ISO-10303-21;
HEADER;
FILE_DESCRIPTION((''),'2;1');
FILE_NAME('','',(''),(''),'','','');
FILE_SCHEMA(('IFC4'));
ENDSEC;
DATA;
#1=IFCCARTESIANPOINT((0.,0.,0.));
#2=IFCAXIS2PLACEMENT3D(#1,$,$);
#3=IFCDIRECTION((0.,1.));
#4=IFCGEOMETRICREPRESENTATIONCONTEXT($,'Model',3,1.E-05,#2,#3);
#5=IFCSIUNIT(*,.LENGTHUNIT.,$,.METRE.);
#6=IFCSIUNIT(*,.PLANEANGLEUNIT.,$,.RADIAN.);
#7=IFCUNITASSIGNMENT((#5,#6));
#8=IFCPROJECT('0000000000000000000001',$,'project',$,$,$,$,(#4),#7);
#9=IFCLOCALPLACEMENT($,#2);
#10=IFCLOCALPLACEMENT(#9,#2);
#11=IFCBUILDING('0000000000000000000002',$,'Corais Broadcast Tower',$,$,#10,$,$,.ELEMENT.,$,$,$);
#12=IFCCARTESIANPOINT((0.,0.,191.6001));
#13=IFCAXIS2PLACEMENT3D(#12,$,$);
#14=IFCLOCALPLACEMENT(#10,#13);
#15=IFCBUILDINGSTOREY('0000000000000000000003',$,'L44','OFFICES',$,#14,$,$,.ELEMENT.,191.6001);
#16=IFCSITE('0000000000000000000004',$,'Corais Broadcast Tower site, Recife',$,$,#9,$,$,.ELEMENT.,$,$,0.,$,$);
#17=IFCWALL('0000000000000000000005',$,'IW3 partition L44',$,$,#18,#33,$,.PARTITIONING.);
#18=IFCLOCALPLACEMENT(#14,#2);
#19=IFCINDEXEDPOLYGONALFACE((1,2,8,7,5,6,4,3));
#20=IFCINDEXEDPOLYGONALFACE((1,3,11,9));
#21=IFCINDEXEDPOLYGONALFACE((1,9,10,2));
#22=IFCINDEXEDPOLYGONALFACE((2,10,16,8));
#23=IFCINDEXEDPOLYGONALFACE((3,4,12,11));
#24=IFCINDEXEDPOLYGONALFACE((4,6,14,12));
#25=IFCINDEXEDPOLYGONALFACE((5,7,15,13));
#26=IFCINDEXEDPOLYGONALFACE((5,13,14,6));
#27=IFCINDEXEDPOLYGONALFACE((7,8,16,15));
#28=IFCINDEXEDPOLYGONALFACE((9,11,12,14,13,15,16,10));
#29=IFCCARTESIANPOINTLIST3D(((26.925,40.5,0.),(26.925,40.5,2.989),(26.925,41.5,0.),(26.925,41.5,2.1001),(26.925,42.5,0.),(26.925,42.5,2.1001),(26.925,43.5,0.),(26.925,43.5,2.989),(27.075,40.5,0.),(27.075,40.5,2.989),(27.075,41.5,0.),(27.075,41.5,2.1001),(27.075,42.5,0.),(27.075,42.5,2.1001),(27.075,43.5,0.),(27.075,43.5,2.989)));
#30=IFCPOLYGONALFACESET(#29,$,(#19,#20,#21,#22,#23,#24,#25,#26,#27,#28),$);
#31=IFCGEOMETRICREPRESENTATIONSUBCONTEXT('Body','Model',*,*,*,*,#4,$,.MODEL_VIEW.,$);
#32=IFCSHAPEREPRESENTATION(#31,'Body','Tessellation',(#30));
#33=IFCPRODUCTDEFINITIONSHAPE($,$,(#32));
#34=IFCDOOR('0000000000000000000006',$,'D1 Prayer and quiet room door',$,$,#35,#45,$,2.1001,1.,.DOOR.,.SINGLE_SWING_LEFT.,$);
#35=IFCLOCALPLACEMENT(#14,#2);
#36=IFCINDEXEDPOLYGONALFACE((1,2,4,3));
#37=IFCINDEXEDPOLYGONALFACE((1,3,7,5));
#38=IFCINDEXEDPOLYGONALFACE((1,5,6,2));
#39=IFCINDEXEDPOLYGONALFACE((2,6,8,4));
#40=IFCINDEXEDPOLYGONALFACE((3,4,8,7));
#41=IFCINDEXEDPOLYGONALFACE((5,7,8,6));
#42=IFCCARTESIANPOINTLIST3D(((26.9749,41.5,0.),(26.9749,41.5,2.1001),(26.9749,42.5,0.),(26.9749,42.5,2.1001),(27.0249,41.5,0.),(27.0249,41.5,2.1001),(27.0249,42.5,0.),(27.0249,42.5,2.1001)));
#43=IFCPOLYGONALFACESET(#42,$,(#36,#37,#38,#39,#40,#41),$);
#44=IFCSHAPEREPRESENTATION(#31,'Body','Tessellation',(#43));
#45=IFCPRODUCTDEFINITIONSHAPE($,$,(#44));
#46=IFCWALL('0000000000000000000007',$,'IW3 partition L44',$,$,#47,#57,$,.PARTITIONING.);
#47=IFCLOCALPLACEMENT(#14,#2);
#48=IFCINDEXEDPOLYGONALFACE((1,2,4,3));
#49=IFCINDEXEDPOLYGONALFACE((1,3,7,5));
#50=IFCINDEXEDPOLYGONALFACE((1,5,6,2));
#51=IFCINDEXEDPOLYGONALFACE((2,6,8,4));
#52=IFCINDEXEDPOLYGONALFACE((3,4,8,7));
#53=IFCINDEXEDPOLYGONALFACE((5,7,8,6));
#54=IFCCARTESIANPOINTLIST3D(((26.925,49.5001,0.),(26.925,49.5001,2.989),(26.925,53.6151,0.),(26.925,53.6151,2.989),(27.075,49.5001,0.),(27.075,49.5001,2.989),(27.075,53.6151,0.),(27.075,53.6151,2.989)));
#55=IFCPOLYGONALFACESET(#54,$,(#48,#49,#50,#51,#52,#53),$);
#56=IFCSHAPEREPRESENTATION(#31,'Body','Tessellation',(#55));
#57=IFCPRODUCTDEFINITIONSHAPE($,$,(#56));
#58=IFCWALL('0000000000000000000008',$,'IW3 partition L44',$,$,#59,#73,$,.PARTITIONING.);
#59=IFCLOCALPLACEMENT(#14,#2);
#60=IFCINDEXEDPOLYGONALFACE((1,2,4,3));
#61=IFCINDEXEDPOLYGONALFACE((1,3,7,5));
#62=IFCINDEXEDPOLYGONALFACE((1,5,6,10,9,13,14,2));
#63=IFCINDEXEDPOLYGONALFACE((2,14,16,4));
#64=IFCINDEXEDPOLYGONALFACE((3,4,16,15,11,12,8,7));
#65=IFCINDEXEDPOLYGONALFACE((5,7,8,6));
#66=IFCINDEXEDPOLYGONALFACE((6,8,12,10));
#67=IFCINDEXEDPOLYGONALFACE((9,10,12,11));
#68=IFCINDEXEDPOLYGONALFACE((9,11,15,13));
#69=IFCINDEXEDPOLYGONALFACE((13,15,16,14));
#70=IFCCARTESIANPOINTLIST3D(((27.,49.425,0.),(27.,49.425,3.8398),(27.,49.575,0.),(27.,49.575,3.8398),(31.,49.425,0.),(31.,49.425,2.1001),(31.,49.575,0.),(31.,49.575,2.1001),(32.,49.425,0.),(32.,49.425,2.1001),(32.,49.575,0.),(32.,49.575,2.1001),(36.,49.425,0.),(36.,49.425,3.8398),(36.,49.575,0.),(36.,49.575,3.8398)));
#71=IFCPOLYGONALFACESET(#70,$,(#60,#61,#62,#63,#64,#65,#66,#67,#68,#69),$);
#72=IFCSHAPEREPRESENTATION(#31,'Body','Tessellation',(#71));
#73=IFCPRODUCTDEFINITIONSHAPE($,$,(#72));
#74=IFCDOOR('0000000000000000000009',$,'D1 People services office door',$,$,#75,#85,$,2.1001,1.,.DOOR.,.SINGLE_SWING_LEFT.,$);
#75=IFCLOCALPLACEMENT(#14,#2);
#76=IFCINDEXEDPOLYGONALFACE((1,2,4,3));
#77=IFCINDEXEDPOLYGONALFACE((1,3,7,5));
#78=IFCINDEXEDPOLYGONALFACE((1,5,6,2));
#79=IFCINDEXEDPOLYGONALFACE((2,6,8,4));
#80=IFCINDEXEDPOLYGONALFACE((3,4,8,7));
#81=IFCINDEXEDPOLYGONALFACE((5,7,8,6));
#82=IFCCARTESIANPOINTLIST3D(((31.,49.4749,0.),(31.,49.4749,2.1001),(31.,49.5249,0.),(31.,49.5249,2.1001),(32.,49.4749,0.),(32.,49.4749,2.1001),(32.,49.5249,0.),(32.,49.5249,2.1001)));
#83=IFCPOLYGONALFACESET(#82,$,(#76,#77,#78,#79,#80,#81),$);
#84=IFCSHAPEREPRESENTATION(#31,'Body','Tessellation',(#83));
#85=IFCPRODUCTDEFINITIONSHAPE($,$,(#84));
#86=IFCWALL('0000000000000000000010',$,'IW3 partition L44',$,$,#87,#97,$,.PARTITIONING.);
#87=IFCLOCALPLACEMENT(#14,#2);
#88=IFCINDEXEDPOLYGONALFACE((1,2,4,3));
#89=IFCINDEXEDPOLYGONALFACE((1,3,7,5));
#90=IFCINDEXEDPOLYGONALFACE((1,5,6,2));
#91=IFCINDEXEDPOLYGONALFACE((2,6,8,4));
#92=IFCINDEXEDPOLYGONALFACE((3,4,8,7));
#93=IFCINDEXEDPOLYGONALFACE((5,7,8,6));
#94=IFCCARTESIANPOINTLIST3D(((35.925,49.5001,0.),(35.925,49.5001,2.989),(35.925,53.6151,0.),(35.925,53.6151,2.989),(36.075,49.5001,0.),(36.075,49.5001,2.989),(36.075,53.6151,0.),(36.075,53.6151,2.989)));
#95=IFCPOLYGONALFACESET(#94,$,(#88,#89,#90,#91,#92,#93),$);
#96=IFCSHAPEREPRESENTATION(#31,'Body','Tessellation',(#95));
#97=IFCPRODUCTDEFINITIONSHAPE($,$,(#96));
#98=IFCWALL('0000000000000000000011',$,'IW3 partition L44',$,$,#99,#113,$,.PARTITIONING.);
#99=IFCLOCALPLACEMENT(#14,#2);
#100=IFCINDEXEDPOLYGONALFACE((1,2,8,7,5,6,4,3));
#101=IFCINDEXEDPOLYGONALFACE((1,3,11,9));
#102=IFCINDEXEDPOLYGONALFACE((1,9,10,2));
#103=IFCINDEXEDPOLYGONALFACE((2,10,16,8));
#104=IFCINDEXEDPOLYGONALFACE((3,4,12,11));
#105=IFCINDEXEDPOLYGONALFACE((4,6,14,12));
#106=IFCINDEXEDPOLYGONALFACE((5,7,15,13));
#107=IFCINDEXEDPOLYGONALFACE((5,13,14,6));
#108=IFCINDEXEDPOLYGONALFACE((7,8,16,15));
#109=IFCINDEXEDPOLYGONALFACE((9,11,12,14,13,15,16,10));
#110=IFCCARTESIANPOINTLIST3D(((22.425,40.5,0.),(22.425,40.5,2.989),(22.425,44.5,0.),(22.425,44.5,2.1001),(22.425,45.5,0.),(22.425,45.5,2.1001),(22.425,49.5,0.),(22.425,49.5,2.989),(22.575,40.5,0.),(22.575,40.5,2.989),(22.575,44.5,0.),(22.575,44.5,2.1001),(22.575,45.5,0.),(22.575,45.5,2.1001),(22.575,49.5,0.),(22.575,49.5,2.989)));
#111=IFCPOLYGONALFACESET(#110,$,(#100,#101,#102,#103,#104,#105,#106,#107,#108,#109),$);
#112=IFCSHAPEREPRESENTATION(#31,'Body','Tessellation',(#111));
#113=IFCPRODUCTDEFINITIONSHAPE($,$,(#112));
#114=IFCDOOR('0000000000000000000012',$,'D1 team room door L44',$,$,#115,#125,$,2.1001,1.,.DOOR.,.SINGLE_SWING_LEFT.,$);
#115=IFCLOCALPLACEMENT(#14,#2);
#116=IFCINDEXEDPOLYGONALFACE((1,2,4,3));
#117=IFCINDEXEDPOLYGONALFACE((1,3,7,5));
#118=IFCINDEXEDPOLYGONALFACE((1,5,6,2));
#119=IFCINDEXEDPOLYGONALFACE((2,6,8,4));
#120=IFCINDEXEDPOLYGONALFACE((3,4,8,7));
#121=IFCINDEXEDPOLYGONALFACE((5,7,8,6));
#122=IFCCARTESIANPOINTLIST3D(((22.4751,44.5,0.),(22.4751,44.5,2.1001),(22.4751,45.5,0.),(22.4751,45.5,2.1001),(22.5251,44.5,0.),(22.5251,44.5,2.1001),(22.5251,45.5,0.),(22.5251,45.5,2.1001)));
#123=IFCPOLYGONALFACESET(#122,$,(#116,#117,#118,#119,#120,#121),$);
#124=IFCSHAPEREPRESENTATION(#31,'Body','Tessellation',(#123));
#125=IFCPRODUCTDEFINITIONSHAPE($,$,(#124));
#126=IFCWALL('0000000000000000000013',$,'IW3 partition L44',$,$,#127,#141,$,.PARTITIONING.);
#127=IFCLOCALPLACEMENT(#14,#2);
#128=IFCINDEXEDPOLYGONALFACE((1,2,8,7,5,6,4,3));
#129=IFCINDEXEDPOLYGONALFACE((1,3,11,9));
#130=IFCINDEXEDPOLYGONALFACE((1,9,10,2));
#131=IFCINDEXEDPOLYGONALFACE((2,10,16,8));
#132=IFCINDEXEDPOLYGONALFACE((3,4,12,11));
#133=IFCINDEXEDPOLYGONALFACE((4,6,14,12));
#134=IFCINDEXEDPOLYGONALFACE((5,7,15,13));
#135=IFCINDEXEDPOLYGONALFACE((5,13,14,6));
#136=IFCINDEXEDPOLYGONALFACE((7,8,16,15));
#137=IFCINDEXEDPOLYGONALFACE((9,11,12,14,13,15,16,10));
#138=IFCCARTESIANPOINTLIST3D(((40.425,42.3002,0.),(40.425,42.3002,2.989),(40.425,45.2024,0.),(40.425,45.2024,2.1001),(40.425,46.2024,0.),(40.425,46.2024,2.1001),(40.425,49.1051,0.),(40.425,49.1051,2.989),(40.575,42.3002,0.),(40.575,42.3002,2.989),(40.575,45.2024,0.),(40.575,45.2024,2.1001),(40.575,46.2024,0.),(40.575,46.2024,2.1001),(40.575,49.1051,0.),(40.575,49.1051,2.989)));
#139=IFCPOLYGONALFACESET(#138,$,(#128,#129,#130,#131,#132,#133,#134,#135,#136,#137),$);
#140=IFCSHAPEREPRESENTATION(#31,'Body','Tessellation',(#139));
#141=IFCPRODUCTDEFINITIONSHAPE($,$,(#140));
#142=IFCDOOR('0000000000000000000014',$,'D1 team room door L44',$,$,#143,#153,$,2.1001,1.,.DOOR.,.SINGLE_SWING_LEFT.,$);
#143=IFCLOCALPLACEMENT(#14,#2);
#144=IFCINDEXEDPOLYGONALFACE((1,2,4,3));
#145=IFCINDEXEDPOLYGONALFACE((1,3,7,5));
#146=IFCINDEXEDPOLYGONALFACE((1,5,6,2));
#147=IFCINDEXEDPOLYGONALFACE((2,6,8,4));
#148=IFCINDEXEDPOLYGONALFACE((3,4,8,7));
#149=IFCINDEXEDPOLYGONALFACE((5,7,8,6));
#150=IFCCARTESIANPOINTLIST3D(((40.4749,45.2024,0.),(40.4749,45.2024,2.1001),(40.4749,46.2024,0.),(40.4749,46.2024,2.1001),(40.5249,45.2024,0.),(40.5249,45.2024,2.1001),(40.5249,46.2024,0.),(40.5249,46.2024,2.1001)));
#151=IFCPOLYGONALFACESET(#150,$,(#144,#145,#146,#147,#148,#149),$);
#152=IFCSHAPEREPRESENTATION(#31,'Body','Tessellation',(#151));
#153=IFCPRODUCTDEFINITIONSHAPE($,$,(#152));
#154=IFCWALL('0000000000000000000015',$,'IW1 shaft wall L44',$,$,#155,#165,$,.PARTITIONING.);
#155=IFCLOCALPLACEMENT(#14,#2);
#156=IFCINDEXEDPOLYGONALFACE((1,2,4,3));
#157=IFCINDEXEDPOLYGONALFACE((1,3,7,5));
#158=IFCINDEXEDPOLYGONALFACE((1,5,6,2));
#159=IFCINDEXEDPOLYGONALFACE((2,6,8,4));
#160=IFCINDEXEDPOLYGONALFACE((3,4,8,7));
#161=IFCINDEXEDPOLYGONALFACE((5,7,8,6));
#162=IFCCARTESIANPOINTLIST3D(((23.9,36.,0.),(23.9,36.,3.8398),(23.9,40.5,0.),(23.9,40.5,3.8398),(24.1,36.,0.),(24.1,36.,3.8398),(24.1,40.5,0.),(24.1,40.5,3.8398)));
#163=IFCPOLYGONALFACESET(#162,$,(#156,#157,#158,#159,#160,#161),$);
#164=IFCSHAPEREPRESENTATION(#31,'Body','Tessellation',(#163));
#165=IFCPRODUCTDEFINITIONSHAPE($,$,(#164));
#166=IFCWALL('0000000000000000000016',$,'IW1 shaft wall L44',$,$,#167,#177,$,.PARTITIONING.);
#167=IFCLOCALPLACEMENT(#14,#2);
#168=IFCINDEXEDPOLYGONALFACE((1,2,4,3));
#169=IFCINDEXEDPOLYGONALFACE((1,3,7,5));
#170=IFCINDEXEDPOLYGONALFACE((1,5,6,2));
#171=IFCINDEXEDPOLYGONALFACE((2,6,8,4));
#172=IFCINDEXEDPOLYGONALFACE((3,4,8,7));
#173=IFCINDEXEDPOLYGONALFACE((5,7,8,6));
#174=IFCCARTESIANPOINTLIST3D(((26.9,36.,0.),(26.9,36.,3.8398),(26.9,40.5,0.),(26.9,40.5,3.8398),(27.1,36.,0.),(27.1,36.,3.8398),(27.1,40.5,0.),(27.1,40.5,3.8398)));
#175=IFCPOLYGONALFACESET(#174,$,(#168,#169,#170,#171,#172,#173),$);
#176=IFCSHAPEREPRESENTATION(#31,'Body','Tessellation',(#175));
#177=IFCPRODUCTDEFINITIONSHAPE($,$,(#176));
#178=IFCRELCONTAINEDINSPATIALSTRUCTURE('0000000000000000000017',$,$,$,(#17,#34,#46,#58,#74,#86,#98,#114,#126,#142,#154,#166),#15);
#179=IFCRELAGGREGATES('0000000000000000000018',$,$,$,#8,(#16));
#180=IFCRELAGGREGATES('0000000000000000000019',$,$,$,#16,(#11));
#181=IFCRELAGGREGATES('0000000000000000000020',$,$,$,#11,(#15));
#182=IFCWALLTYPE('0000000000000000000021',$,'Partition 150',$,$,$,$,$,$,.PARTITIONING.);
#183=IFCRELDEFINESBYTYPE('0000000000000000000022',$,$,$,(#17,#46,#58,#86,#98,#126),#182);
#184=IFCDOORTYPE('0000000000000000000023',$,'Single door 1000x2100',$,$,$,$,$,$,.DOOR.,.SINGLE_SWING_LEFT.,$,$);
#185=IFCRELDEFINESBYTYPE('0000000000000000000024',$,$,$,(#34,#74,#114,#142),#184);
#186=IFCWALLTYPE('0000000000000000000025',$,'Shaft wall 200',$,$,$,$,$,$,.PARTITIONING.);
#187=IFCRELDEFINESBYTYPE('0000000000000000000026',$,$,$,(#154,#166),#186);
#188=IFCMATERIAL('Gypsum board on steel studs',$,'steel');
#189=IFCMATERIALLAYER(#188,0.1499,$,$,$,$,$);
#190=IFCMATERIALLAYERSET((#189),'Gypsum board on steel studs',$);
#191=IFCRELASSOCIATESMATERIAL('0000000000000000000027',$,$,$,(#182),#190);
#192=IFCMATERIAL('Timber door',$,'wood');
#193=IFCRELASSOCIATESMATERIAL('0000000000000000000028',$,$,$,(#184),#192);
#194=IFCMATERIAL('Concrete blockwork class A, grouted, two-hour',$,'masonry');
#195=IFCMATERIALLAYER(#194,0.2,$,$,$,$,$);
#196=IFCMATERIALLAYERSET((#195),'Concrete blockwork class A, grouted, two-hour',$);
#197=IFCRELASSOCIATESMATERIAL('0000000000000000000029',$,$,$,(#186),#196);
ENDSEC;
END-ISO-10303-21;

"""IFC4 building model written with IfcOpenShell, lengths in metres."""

from ifc_helpers import new_model, si_unit, direction, frame, frame_2d, origin, place, context, subcontext, project, spatial, rectangle, extrude, material, layer, layer_set, type_object, element, fill, save


model = new_model("IFC4")

# Units and contexts
model_context = context("Model", 3, precision=1e-05, world=origin(), true_north=direction((0.0, 1.0)))
body_context = subcontext(model_context, "Body", "Model", "MODEL_VIEW")
ifc_project = project(units=[si_unit("LENGTHUNIT", "METRE"), si_unit("PLANEANGLEUNIT", "RADIAN")], contexts=[model_context])

# Site, building, storey
site_placement = place(None, origin())
site = spatial("IfcSite", under=ifc_project, at=site_placement, Name="Corais Broadcast Tower site, Recife", CompositionType="ELEMENT", RefElevation=0.0)
building_placement = place(site_placement, origin())
building = spatial("IfcBuilding", under=site, at=building_placement, Name="Corais Broadcast Tower", CompositionType="ELEMENT")
storey_placement = place(building_placement, frame((0.0, 0.0, 191.6001)))
storey = spatial("IfcBuildingStorey", under=building, at=storey_placement, Name="L44", Description="OFFICES", CompositionType="ELEMENT", Elevation=191.6001)

# Shared definitions
ifc_material_1 = material(Name="Gypsum board on steel studs", Category="steel")
ifc_layer_1 = layer(ifc_material_1, 0.1499)
ifc_layer_set_1 = layer_set([ifc_layer_1], Name="Gypsum board on steel studs")
wall_type_1 = type_object("IfcWallType", Name="Partition 150", PredefinedType="PARTITIONING", material=ifc_layer_set_1)
ifc_material_2 = material(Name="Timber door", Category="wood")
door_type = type_object("IfcDoorType", Name="Single door 1000x2100", OperationType="SINGLE_SWING_LEFT", PredefinedType="DOOR", material=ifc_material_2)

# Wall, opening, door
wall_1_placement = place(storey_placement, frame((27.0, 43.5, 0.0), z_axis=(0.0, 0.0, 1.0), x_axis=(0.0, -1.0, 0.0)))
wall_1 = element("IfcWall", 1, at=wall_1_placement, inside=storey, type_object=wall_type_1, Name="IW3 partition L44", PredefinedType="PARTITIONING", context=body_context, shape_type="SweptSolid", body=[
    extrude(rectangle(XDim=3.0, YDim=0.1499, at=frame_2d((1.5, 0.0))), origin(), (0.0, 0.0, 1.0), 2.989),
])
opening_1_placement = place(wall_1_placement, frame((1.0, 0.0, 0.0)))
opening_1 = element("IfcOpeningElement", 2, at=opening_1_placement, cuts=wall_1, PredefinedType="OPENING", context=body_context, shape_type="SweptSolid", body=[
    extrude(rectangle(XDim=1.0, YDim=2.1001, at=frame_2d((0.5, 1.05))), frame((0.0, 0.085, 0.0), z_axis=(0.0, -1.0, 0.0), x_axis=(1.0, 0.0, 0.0)), (0.0, 0.0, 1.0), 0.1699),
])
door_1_placement = place(opening_1_placement, origin())
door_1 = element("IfcDoor", 3, at=door_1_placement, inside=storey, type_object=door_type, Name="D1 Prayer and quiet room door", OperationType="SINGLE_SWING_LEFT", OverallHeight=2.1001, OverallWidth=1.0, PredefinedType="DOOR", context=body_context, shape_type="SweptSolid", body=[
    extrude(rectangle(XDim=1.0, YDim=2.1001, at=frame_2d((0.5, 1.05))), frame((0.0, 0.0249, 0.0), z_axis=(0.0, -1.0, 0.0), x_axis=(1.0, 0.0, 0.0)), (0.0, 0.0, 1.0), 0.05),
])
fill(opening_1, door_1)

# Wall
wall_2_placement = place(storey_placement, frame((27.0, 49.5, 0.0), z_axis=(0.0, 0.0, 1.0), x_axis=(0.0, 1.0, 0.0)))
element("IfcWall", 4, at=wall_2_placement, inside=storey, type_object=wall_type_1, Name="IW3 partition L44", PredefinedType="PARTITIONING", context=body_context, shape_type="SweptSolid", body=[
    extrude(rectangle(XDim=4.115, YDim=0.1499, at=frame_2d((2.0576, 0.0))), origin(), (0.0, 0.0, 1.0), 2.989),
])

# Wall, opening, door
wall_3_placement = place(storey_placement, frame((27.0, 49.5, 0.0), z_axis=(0.0, 0.0, 1.0), x_axis=(1.0, 0.0, 0.0)))
wall_3 = element("IfcWall", 5, at=wall_3_placement, inside=storey, type_object=wall_type_1, Name="IW3 partition L44", PredefinedType="PARTITIONING", context=body_context, shape_type="SweptSolid", body=[
    extrude(rectangle(XDim=9.0, YDim=0.1499, at=frame_2d((4.5, 0.0))), origin(), (0.0, 0.0, 1.0), 3.8398),
])
opening_2_placement = place(wall_3_placement, frame((4.0, 0.0, 0.0)))
opening_2 = element("IfcOpeningElement", 6, at=opening_2_placement, cuts=wall_3, PredefinedType="OPENING", context=body_context, shape_type="SweptSolid", body=[
    extrude(rectangle(XDim=1.0, YDim=2.1001, at=frame_2d((0.5, 1.05))), frame((0.0, 0.085, 0.0), z_axis=(0.0, -1.0, 0.0), x_axis=(1.0, 0.0, 0.0)), (0.0, 0.0, 1.0), 0.1699),
])
door_2_placement = place(opening_2_placement, origin())
door_2 = element("IfcDoor", 7, at=door_2_placement, inside=storey, type_object=door_type, Name="D1 People services office door", OperationType="SINGLE_SWING_LEFT", OverallHeight=2.1001, OverallWidth=1.0, PredefinedType="DOOR", context=body_context, shape_type="SweptSolid", body=[
    extrude(rectangle(XDim=1.0, YDim=2.1001, at=frame_2d((0.5, 1.05))), frame((0.0, 0.0249, 0.0), z_axis=(0.0, -1.0, 0.0), x_axis=(1.0, 0.0, 0.0)), (0.0, 0.0, 1.0), 0.05),
])
fill(opening_2, door_2)

# Wall
wall_4_placement = place(storey_placement, frame((36.0, 49.5, 0.0), z_axis=(0.0, 0.0, 1.0), x_axis=(0.0, 1.0, 0.0)))
element("IfcWall", 8, at=wall_4_placement, inside=storey, type_object=wall_type_1, Name="IW3 partition L44", PredefinedType="PARTITIONING", context=body_context, shape_type="SweptSolid", body=[
    extrude(rectangle(XDim=4.115, YDim=0.1499, at=frame_2d((2.0576, 0.0))), origin(), (0.0, 0.0, 1.0), 2.989),
])

# Walls, openings, doors
wall_5_placement = place(storey_placement, frame((22.5, 40.5, 0.0), z_axis=(0.0, 0.0, 1.0), x_axis=(0.0, 1.0, 0.0)))
wall_5 = element("IfcWall", 9, at=wall_5_placement, inside=storey, type_object=wall_type_1, Name="IW3 partition L44", PredefinedType="PARTITIONING", context=body_context, shape_type="SweptSolid", body=[
    extrude(rectangle(XDim=9.0, YDim=0.1499, at=frame_2d((4.5, 0.0))), origin(), (0.0, 0.0, 1.0), 2.989),
])
opening_3_placement = place(wall_5_placement, frame((4.0, 0.0, 0.0)))
opening_3 = element("IfcOpeningElement", 10, at=opening_3_placement, cuts=wall_5, PredefinedType="OPENING", context=body_context, shape_type="SweptSolid", body=[
    extrude(rectangle(XDim=1.0, YDim=2.1001, at=frame_2d((0.5, 1.05))), frame((0.0, 0.085, 0.0), z_axis=(0.0, -1.0, 0.0), x_axis=(1.0, 0.0, 0.0)), (0.0, 0.0, 1.0), 0.1699),
])
door_3_placement = place(opening_3_placement, origin())
door_3 = element("IfcDoor", 11, at=door_3_placement, inside=storey, type_object=door_type, Name="D1 team room door L44", OperationType="SINGLE_SWING_LEFT", OverallHeight=2.1001, OverallWidth=1.0, PredefinedType="DOOR", context=body_context, shape_type="SweptSolid", body=[
    extrude(rectangle(XDim=1.0, YDim=2.1001, at=frame_2d((0.5, 1.05))), frame((0.0, 0.0249, 0.0), z_axis=(0.0, -1.0, 0.0), x_axis=(1.0, 0.0, 0.0)), (0.0, 0.0, 1.0), 0.05),
])
fill(opening_3, door_3)
wall_6_placement = place(storey_placement, frame((40.5, 49.105, 0.0), z_axis=(0.0, 0.0, 1.0), x_axis=(0.0, -1.0, 0.0)))
wall_6 = element("IfcWall", 12, at=wall_6_placement, inside=storey, type_object=wall_type_1, Name="IW3 partition L44", PredefinedType="PARTITIONING", context=body_context, shape_type="SweptSolid", body=[
    extrude(rectangle(XDim=6.8049, YDim=0.1499, at=frame_2d((3.4023, 0.0))), origin(), (0.0, 0.0, 1.0), 2.989),
])
opening_4_placement = place(wall_6_placement, frame((2.9026, 0.0, 0.0)))
opening_4 = element("IfcOpeningElement", 13, at=opening_4_placement, cuts=wall_6, PredefinedType="OPENING", context=body_context, shape_type="SweptSolid", body=[
    extrude(rectangle(XDim=1.0, YDim=2.1001, at=frame_2d((0.5, 1.05))), frame((0.0, 0.085, 0.0), z_axis=(0.0, -1.0, 0.0), x_axis=(1.0, 0.0, 0.0)), (0.0, 0.0, 1.0), 0.1699),
])
door_4_placement = place(opening_4_placement, origin())
door_4 = element("IfcDoor", 14, at=door_4_placement, inside=storey, type_object=door_type, Name="D1 team room door L44", OperationType="SINGLE_SWING_LEFT", OverallHeight=2.1001, OverallWidth=1.0, PredefinedType="DOOR", context=body_context, shape_type="SweptSolid", body=[
    extrude(rectangle(XDim=1.0, YDim=2.1001, at=frame_2d((0.5, 1.05))), frame((0.0, 0.0249, 0.0), z_axis=(0.0, -1.0, 0.0), x_axis=(1.0, 0.0, 0.0)), (0.0, 0.0, 1.0), 0.05),
])
fill(opening_4, door_4)

# Walls
ifc_material_3 = material(Name="Concrete blockwork class A, grouted, two-hour", Category="masonry")
ifc_layer_2 = layer(ifc_material_3, 0.2)
ifc_layer_set_2 = layer_set([ifc_layer_2], Name="Concrete blockwork class A, grouted, two-hour")
wall_type_2 = type_object("IfcWallType", Name="Shaft wall 200", PredefinedType="PARTITIONING", material=ifc_layer_set_2)
for number, where, z_axis, x_axis, name in (
    (15, (24.0, 36.0, 0.0), (0.0, 0.0, 1.0), (0.0, 1.0, 0.0), "IW1 shaft wall L44"),
    (16, (27.0, 36.0, 0.0), (0.0, 0.0, 1.0), (0.0, 1.0, 0.0), "IW1 shaft wall L44"),
):
    element("IfcWall", number, at=place(storey_placement, frame(where, z_axis=z_axis, x_axis=x_axis)), inside=storey, type_object=wall_type_2, Name=name, PredefinedType="PARTITIONING", context=body_context, shape_type="SweptSolid", body=[
        extrude(rectangle(XDim=4.5, YDim=0.2, at=frame_2d((2.25, 0.0))), origin(), (0.0, 0.0, 1.0), 3.8398),
    ])

save(model, "model.ifc")
